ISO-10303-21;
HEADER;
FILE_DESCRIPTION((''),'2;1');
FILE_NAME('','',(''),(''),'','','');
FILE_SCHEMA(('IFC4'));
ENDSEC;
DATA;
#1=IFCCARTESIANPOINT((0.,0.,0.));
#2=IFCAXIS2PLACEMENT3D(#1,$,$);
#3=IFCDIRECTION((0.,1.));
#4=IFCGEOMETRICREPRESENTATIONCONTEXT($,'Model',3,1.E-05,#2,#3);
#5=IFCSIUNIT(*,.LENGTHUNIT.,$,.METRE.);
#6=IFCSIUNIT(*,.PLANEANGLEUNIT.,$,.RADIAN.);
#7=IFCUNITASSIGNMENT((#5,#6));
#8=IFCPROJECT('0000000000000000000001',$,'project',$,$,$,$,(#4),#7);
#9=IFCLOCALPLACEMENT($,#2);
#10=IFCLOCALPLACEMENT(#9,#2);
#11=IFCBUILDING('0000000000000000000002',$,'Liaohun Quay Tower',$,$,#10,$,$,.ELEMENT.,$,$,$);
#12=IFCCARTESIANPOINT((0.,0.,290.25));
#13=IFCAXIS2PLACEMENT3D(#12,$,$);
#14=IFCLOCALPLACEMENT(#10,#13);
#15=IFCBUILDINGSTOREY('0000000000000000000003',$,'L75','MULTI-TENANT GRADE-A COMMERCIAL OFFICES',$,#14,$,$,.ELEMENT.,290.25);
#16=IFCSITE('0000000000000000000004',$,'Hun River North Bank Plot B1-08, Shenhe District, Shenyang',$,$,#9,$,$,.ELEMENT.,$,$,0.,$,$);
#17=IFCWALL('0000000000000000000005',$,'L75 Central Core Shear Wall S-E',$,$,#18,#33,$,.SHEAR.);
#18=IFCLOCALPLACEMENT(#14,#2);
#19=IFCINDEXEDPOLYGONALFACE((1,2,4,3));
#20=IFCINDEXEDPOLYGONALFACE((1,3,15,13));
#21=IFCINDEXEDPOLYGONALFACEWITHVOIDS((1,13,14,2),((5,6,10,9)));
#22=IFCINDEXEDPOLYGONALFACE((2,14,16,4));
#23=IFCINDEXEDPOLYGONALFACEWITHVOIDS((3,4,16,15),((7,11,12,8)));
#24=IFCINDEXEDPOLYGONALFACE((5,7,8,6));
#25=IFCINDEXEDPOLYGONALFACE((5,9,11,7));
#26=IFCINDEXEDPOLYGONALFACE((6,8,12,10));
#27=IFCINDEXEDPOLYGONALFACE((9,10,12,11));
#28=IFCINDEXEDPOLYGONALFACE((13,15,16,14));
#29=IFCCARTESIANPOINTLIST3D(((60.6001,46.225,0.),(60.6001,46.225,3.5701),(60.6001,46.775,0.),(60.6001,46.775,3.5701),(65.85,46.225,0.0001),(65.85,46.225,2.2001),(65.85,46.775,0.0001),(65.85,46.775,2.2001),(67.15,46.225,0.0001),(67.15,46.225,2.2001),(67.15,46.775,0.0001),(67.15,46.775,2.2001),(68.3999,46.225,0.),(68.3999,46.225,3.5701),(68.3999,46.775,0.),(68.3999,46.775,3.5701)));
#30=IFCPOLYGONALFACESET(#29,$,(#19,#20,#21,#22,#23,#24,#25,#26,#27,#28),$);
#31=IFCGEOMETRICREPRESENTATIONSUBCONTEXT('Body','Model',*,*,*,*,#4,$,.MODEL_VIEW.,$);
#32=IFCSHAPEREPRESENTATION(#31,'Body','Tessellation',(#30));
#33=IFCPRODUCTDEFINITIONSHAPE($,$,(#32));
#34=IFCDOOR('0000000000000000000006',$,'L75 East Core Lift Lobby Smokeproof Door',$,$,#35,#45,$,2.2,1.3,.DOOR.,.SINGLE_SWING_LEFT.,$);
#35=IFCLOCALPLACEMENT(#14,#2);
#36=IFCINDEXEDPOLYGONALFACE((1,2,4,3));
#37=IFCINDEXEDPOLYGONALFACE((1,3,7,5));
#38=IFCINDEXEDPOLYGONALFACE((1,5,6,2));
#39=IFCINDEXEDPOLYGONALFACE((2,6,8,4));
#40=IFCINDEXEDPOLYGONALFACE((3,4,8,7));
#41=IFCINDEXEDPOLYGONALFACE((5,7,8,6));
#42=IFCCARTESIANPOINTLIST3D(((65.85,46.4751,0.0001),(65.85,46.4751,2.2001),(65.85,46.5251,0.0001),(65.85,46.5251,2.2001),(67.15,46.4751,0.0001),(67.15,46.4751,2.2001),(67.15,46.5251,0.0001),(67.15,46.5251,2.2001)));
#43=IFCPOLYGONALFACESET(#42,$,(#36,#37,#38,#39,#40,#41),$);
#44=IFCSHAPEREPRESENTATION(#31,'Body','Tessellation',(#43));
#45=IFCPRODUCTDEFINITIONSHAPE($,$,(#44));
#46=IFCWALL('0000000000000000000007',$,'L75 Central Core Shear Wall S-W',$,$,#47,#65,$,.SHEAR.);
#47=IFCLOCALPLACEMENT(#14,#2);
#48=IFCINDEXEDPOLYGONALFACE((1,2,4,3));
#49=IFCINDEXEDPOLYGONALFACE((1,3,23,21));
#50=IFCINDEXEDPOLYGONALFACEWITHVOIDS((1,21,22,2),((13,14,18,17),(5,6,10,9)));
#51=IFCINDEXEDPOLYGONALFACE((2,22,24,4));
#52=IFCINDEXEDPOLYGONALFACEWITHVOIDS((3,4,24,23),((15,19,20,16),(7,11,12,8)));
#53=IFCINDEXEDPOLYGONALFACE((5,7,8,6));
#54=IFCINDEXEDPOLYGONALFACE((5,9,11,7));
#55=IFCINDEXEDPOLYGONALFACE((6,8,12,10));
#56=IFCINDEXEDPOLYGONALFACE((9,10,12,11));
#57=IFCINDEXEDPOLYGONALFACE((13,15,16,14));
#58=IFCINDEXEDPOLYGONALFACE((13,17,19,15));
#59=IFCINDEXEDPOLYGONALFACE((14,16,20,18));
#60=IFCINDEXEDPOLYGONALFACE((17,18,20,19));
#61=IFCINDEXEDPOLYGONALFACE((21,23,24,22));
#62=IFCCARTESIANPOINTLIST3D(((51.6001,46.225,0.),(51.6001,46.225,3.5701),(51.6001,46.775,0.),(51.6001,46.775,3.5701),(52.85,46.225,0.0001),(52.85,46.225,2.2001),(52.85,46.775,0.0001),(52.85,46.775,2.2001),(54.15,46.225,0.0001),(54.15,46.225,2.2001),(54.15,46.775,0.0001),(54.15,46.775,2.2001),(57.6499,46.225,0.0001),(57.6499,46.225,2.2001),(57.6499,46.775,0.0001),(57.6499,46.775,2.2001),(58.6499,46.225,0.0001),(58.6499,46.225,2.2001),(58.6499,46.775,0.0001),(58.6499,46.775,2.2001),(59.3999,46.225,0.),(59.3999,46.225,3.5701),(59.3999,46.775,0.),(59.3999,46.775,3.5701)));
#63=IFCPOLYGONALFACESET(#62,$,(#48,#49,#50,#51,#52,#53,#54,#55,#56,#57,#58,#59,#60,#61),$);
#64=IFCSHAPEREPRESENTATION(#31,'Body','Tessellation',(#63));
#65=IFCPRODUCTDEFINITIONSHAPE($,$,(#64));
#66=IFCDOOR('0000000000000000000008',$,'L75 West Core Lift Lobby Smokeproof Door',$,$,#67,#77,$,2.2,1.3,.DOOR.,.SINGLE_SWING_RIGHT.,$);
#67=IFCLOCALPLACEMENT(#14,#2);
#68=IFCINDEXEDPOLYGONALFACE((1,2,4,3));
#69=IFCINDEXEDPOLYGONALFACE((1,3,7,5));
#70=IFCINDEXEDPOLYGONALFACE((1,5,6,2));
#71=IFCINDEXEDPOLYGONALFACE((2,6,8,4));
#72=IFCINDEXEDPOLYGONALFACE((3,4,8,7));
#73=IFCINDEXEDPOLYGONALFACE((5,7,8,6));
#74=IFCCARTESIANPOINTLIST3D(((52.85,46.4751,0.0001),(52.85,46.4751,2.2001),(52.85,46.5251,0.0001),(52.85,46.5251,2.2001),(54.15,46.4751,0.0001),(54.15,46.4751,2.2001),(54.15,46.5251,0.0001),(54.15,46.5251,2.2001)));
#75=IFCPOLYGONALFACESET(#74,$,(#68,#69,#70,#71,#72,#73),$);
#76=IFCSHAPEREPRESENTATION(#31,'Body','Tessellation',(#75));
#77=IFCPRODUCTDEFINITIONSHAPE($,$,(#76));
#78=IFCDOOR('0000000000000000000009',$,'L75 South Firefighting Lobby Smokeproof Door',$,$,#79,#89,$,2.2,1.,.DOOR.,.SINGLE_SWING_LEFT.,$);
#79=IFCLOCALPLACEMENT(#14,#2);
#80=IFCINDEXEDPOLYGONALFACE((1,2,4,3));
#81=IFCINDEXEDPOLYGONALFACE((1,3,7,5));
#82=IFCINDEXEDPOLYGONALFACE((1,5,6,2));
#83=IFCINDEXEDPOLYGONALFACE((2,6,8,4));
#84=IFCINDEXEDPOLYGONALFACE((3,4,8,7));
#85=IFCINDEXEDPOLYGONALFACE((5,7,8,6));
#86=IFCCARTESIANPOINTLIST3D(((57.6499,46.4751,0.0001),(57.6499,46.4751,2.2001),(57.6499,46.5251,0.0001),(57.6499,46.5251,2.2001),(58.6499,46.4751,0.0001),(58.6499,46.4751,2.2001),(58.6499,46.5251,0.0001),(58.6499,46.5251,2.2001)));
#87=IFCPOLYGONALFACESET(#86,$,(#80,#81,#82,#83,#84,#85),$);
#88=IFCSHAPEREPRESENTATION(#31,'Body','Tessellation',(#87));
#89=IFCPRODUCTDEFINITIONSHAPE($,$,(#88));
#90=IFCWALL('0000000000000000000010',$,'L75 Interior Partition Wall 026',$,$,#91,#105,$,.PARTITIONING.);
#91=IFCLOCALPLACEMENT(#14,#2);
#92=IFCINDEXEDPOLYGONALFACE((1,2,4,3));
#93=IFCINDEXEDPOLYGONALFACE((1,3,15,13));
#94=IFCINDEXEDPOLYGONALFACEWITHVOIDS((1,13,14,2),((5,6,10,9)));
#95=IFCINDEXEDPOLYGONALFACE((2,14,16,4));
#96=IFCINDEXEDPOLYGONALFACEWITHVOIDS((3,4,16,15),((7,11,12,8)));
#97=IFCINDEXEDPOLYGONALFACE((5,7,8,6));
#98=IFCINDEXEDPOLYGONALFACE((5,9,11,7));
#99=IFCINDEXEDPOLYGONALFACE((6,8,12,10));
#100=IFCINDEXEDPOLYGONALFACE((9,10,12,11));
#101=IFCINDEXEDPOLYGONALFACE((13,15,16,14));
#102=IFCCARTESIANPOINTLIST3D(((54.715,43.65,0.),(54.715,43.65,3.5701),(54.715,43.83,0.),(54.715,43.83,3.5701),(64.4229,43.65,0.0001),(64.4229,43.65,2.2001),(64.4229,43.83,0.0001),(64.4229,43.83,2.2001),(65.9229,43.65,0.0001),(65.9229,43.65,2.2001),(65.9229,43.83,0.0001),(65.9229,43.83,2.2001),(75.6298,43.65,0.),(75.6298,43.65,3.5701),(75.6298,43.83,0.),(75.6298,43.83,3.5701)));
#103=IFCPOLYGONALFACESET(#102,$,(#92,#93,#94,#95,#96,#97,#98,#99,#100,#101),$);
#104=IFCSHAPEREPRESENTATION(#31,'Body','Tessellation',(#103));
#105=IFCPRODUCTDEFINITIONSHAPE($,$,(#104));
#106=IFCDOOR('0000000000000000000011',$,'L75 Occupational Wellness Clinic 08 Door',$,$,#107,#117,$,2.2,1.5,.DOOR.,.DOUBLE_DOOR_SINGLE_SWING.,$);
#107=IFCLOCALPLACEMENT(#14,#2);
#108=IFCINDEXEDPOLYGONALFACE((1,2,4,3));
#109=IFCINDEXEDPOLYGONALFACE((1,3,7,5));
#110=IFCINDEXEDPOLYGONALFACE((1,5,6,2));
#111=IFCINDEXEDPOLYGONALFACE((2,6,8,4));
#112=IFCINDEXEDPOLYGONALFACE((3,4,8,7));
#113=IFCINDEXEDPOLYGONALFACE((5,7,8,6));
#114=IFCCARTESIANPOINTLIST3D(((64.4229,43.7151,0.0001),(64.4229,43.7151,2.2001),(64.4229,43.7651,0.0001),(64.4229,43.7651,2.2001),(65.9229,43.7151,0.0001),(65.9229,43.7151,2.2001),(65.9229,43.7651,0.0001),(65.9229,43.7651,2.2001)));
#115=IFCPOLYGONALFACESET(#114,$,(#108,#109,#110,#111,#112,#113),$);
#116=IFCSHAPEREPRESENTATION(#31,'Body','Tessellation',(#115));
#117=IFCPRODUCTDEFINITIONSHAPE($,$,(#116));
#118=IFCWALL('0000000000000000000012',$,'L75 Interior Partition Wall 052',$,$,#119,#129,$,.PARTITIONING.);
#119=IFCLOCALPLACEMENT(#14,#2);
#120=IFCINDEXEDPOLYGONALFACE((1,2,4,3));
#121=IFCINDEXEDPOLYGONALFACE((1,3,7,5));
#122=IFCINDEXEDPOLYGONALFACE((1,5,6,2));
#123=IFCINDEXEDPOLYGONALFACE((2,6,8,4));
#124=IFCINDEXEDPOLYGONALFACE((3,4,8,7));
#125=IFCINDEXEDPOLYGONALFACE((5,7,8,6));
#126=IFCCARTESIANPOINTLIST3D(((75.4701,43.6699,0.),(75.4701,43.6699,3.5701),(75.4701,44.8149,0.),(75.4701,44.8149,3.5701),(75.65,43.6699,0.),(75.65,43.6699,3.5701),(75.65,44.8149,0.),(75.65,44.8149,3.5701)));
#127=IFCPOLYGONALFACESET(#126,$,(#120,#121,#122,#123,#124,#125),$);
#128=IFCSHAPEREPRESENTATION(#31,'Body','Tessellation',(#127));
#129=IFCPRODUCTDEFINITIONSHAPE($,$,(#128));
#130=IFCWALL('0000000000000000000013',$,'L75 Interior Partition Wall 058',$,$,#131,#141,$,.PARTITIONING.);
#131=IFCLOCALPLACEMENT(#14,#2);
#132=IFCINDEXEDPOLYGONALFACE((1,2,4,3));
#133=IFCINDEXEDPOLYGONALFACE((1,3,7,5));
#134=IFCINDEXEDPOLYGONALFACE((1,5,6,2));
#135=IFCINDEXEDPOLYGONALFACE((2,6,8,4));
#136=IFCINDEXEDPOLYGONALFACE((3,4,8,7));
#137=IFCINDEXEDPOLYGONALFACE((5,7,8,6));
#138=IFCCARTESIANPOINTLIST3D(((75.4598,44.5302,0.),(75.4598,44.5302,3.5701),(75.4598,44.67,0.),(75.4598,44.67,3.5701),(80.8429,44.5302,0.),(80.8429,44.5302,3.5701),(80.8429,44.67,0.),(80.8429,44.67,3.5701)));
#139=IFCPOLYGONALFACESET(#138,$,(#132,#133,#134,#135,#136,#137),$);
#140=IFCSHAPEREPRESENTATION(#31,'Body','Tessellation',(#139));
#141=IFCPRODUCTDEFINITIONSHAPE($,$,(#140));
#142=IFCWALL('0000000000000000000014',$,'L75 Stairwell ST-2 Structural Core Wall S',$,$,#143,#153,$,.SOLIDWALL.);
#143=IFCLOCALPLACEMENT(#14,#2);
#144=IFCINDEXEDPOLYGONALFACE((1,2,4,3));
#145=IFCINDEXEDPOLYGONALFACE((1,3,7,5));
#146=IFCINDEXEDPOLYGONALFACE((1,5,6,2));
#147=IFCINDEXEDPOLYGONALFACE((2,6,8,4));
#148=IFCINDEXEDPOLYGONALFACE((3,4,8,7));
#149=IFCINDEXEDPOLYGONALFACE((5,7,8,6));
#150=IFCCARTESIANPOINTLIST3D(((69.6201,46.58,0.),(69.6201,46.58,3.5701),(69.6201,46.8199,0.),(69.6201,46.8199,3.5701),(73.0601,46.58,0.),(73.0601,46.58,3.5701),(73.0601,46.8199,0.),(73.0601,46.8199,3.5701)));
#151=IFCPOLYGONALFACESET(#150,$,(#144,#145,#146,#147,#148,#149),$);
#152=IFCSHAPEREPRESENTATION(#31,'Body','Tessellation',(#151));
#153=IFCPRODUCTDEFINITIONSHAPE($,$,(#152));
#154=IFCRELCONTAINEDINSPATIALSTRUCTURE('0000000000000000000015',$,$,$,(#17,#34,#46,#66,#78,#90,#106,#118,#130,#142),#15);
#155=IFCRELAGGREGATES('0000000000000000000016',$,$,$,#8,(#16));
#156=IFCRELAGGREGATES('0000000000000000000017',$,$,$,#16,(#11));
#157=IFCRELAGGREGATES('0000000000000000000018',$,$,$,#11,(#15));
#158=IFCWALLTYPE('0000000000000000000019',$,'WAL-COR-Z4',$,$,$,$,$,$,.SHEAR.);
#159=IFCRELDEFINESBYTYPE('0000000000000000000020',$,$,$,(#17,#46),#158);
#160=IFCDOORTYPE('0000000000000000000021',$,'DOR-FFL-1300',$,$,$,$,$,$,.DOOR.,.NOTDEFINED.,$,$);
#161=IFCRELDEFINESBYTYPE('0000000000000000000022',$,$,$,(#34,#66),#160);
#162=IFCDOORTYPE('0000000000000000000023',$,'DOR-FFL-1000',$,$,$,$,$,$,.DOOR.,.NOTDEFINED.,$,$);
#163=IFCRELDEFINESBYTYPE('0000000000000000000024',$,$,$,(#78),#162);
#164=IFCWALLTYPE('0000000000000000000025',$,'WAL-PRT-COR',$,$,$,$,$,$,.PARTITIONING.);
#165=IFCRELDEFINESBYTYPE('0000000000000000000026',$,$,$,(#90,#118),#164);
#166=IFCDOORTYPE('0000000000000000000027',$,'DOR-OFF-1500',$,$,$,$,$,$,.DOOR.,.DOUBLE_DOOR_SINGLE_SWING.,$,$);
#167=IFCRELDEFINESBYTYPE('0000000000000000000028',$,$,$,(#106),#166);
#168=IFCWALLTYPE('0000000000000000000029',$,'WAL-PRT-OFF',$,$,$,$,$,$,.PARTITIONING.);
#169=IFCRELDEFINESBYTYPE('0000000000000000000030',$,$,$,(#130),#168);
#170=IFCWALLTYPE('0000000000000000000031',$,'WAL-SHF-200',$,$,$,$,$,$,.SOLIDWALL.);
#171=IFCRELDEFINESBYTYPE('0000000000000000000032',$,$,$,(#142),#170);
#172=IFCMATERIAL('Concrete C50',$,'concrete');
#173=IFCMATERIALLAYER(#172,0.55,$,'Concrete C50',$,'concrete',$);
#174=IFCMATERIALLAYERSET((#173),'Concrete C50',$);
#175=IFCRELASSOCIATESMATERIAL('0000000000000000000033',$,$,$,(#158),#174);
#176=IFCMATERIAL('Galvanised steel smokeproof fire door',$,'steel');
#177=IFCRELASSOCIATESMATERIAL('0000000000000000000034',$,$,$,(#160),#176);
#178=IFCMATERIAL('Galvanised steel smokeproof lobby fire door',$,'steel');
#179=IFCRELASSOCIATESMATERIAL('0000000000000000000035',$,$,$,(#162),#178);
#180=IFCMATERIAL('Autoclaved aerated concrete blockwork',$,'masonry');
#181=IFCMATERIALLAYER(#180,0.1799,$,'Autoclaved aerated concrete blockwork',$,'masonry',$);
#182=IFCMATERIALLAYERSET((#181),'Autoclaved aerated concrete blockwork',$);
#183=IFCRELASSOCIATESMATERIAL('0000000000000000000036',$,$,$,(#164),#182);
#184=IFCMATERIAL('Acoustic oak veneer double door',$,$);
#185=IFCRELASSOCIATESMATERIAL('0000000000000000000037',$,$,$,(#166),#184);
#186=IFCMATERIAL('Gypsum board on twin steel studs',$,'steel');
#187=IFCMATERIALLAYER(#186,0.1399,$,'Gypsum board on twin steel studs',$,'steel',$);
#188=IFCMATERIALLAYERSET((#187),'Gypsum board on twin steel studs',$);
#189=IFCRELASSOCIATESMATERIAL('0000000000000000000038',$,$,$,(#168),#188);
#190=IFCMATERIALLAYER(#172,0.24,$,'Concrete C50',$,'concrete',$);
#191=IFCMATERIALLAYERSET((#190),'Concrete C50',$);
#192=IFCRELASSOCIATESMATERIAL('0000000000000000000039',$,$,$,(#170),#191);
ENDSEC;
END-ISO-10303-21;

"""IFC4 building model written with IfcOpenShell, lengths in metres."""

from ifc_helpers import new_model, si_unit, direction, frame, frame_2d, origin, place, context, subcontext, project, spatial, rectangle, extrude, source, transform, mapped, material, layer, layer_set, type_object, element, fill, save


model = new_model("IFC4")

# Units and contexts
model_context = context("Model", 3, precision=1e-05, world=origin(), true_north=direction((0.0, 1.0)))
body_context = subcontext(model_context, "Body", "Model", "MODEL_VIEW")
ifc_project = project(units=[si_unit("LENGTHUNIT", "METRE"), si_unit("PLANEANGLEUNIT", "RADIAN")], contexts=[model_context])

# Site, building, storey
site_placement = place(None, origin())
site = spatial("IfcSite", under=ifc_project, at=site_placement, Name="Hun River North Bank Plot B1-08, Shenhe District, Shenyang", CompositionType="ELEMENT", RefElevation=0.0)
building_placement = place(site_placement, origin())
building = spatial("IfcBuilding", under=site, at=building_placement, Name="Liaohun Quay Tower", CompositionType="ELEMENT")
storey_placement = place(building_placement, frame((0.0, 0.0, 290.25)))
storey = spatial("IfcBuildingStorey", under=building, at=storey_placement, Name="L75", Description="MULTI-TENANT GRADE-A COMMERCIAL OFFICES", CompositionType="ELEMENT", Elevation=290.25)

# Shared definitions
ifc_material_1 = material(Name="Concrete C50", Category="concrete")

# Wall, opening, door
ifc_layer_1 = layer(ifc_material_1, 0.55, Name="Concrete C50", Category="concrete")
ifc_layer_set_1 = layer_set([ifc_layer_1], Name="Concrete C50")
wall_type_1 = type_object("IfcWallType", Name="WAL-COR-Z4", PredefinedType="SHEAR", material=ifc_layer_set_1)
wall_1_placement = place(storey_placement, frame((68.3999, 46.5, 0.0), z_axis=(0.0, 0.0, 1.0), x_axis=(-1.0, 0.0, 0.0)))
wall_1 = element("IfcWall", 1, at=wall_1_placement, inside=storey, type_object=wall_type_1, Name="L75 Central Core Shear Wall S-E", PredefinedType="SHEAR", context=body_context, shape_type="SweptSolid", body=[
    extrude(rectangle(XDim=7.7998, YDim=0.55, at=frame_2d((3.8999, 0.0))), origin(), (0.0, 0.0, 1.0), 3.5701),
])
shared_shape_1 = source(origin(), body_context, "Body", "SweptSolid", [
    extrude(rectangle(XDim=1.3, YDim=2.2, at=frame_2d((0.6499, 1.1001))), frame((0.0, 0.2849, 0.0), z_axis=(0.0, -1.0, 0.0), x_axis=(1.0, 0.0, 0.0)), (0.0, 0.0, 1.0), 0.5701),
])
opening_1_placement = place(wall_1_placement, frame((1.25, 0.0, 0.0)))
opening_1 = element("IfcOpeningElement", 2, at=opening_1_placement, cuts=wall_1, PredefinedType="OPENING", context=body_context, shape_type="MappedRepresentation", body=[
    mapped(shared_shape_1, transform((0.0, 0.0, 0.0), x_axis=(1.0, 0.0, 0.0), y_axis=(0.0, 1.0, 0.0), z_axis=(0.0, 0.0, 1.0), scale=1.0)),
])
ifc_material_2 = material(Name="Galvanised steel smokeproof fire door", Category="steel")
door_type_1 = type_object("IfcDoorType", Name="DOR-FFL-1300", OperationType="NOTDEFINED", PredefinedType="DOOR", material=ifc_material_2)
shared_shape_2 = source(origin(), body_context, "Body", "SweptSolid", [
    extrude(rectangle(XDim=1.3, YDim=2.2, at=frame_2d((0.6499, 1.1001))), frame((0.0, 0.0249, 0.0), z_axis=(0.0, -1.0, 0.0), x_axis=(1.0, 0.0, 0.0)), (0.0, 0.0, 1.0), 0.05),
])
door_1_placement = place(opening_1_placement, origin())
door_1 = element("IfcDoor", 3, at=door_1_placement, inside=storey, type_object=door_type_1, Name="L75 East Core Lift Lobby Smokeproof Door", OperationType="SINGLE_SWING_LEFT", OverallHeight=2.2, OverallWidth=1.3, PredefinedType="DOOR", context=body_context, shape_type="MappedRepresentation", body=[
    mapped(shared_shape_2, transform((0.0, 0.0, 0.0), x_axis=(1.0, 0.0, 0.0), y_axis=(0.0, 1.0, 0.0), z_axis=(0.0, 0.0, 1.0), scale=1.0)),
])
fill(opening_1, door_1)

# Wall, openings, doors
wall_2_placement = place(storey_placement, frame((59.3999, 46.5, 0.0), z_axis=(0.0, 0.0, 1.0), x_axis=(-1.0, 0.0, 0.0)))
wall_2 = element("IfcWall", 4, at=wall_2_placement, inside=storey, type_object=wall_type_1, Name="L75 Central Core Shear Wall S-W", PredefinedType="SHEAR", context=body_context, shape_type="SweptSolid", body=[
    extrude(rectangle(XDim=7.7998, YDim=0.55, at=frame_2d((3.8999, 0.0))), origin(), (0.0, 0.0, 1.0), 3.5701),
])
opening_2_placement = place(wall_2_placement, frame((5.25, 0.0, 0.0)))
opening_2 = element("IfcOpeningElement", 5, at=opening_2_placement, cuts=wall_2, PredefinedType="OPENING", context=body_context, shape_type="MappedRepresentation", body=[
    mapped(shared_shape_1, transform((0.0, 0.0, 0.0), x_axis=(1.0, 0.0, 0.0), y_axis=(0.0, 1.0, 0.0), z_axis=(0.0, 0.0, 1.0), scale=1.0)),
])
shared_shape_3 = source(origin(), body_context, "Body", "SweptSolid", [
    extrude(rectangle(XDim=1.0, YDim=2.2, at=frame_2d((0.5, 1.1001))), frame((0.0, 0.2849, 0.0), z_axis=(0.0, -1.0, 0.0), x_axis=(1.0, 0.0, 0.0)), (0.0, 0.0, 1.0), 0.5701),
])
opening_3_placement = place(wall_2_placement, frame((0.75, 0.0, 0.0)))
opening_3 = element("IfcOpeningElement", 6, at=opening_3_placement, cuts=wall_2, PredefinedType="OPENING", context=body_context, shape_type="MappedRepresentation", body=[
    mapped(shared_shape_3, transform((0.0, 0.0, 0.0), x_axis=(1.0, 0.0, 0.0), y_axis=(0.0, 1.0, 0.0), z_axis=(0.0, 0.0, 1.0), scale=1.0)),
])
door_2_placement = place(opening_2_placement, origin())
door_2 = element("IfcDoor", 7, at=door_2_placement, inside=storey, type_object=door_type_1, Name="L75 West Core Lift Lobby Smokeproof Door", OperationType="SINGLE_SWING_RIGHT", OverallHeight=2.2, OverallWidth=1.3, PredefinedType="DOOR", context=body_context, shape_type="MappedRepresentation", body=[
    mapped(shared_shape_2, transform((0.0, 0.0, 0.0), x_axis=(1.0, 0.0, 0.0), y_axis=(0.0, 1.0, 0.0), z_axis=(0.0, 0.0, 1.0), scale=1.0)),
])
fill(opening_2, door_2)
ifc_material_3 = material(Name="Galvanised steel smokeproof lobby fire door", Category="steel")
door_type_2 = type_object("IfcDoorType", Name="DOR-FFL-1000", OperationType="NOTDEFINED", PredefinedType="DOOR", material=ifc_material_3)
shared_shape_4 = source(origin(), body_context, "Body", "SweptSolid", [
    extrude(rectangle(XDim=1.0, YDim=2.2, at=frame_2d((0.5, 1.1001))), frame((0.0, 0.0249, 0.0), z_axis=(0.0, -1.0, 0.0), x_axis=(1.0, 0.0, 0.0)), (0.0, 0.0, 1.0), 0.05),
])
door_3_placement = place(opening_3_placement, origin())
door_3 = element("IfcDoor", 8, at=door_3_placement, inside=storey, type_object=door_type_2, Name="L75 South Firefighting Lobby Smokeproof Door", OperationType="SINGLE_SWING_LEFT", OverallHeight=2.2, OverallWidth=1.0, PredefinedType="DOOR", context=body_context, shape_type="MappedRepresentation", body=[
    mapped(shared_shape_4, transform((0.0, 0.0, 0.0), x_axis=(1.0, 0.0, 0.0), y_axis=(0.0, 1.0, 0.0), z_axis=(0.0, 0.0, 1.0), scale=1.0)),
])
fill(opening_3, door_3)

# Wall, opening, door
ifc_material_4 = material(Name="Autoclaved aerated concrete blockwork", Category="masonry")
ifc_layer_2 = layer(ifc_material_4, 0.1799, Name="Autoclaved aerated concrete blockwork", Category="masonry")
ifc_layer_set_2 = layer_set([ifc_layer_2], Name="Autoclaved aerated concrete blockwork")
wall_type_2 = type_object("IfcWallType", Name="WAL-PRT-COR", PredefinedType="PARTITIONING", material=ifc_layer_set_2)
wall_3_placement = place(storey_placement, frame((75.6299, 43.74, 0.0), z_axis=(0.0, 0.0, 1.0), x_axis=(-1.0, 0.0, 0.0)))
wall_3 = element("IfcWall", 9, at=wall_3_placement, inside=storey, type_object=wall_type_2, Name="L75 Interior Partition Wall 026", PredefinedType="PARTITIONING", context=body_context, shape_type="SweptSolid", body=[
    extrude(rectangle(XDim=20.9148, YDim=0.1799, at=frame_2d((10.4575, 0.0))), origin(), (0.0, 0.0, 1.0), 3.5701),
])
shared_shape_5 = source(origin(), body_context, "Body", "SweptSolid", [
    extrude(rectangle(XDim=1.5, YDim=2.2, at=frame_2d((0.75, 1.1001))), frame((0.0, 0.0999, 0.0), z_axis=(0.0, -1.0, 0.0), x_axis=(1.0, 0.0, 0.0)), (0.0, 0.0, 1.0), 0.2),
])
opening_4_placement = place(wall_3_placement, frame((9.707, 0.0, 0.0)))
opening_4 = element("IfcOpeningElement", 10, at=opening_4_placement, cuts=wall_3, PredefinedType="OPENING", context=body_context, shape_type="MappedRepresentation", body=[
    mapped(shared_shape_5, transform((0.0, 0.0, 0.0), x_axis=(1.0, 0.0, 0.0), y_axis=(0.0, 1.0, 0.0), z_axis=(0.0, 0.0, 1.0), scale=1.0)),
])
ifc_material_5 = material(Name="Acoustic oak veneer double door")
door_type_3 = type_object("IfcDoorType", Name="DOR-OFF-1500", OperationType="DOUBLE_DOOR_SINGLE_SWING", PredefinedType="DOOR", material=ifc_material_5)
shared_shape_6 = source(origin(), body_context, "Body", "SweptSolid", [
    extrude(rectangle(XDim=1.5, YDim=2.2, at=frame_2d((0.75, 1.1001))), frame((0.0, 0.0249, 0.0), z_axis=(0.0, -1.0, 0.0), x_axis=(1.0, 0.0, 0.0)), (0.0, 0.0, 1.0), 0.05),
])
door_4_placement = place(opening_4_placement, origin())
door_4 = element("IfcDoor", 11, at=door_4_placement, inside=storey, type_object=door_type_3, Name="L75 Occupational Wellness Clinic 08 Door", OperationType="DOUBLE_DOOR_SINGLE_SWING", OverallHeight=2.2, OverallWidth=1.5, PredefinedType="DOOR", context=body_context, shape_type="MappedRepresentation", body=[
    mapped(shared_shape_6, transform((0.0, 0.0, 0.0), x_axis=(1.0, 0.0, 0.0), y_axis=(0.0, 1.0, 0.0), z_axis=(0.0, 0.0, 1.0), scale=1.0)),
])
fill(opening_4, door_4)

# Walls
wall_4_placement = place(storey_placement, frame((75.5601, 44.8149, 0.0), z_axis=(0.0, 0.0, 1.0), x_axis=(0.0, -1.0, 0.0)))
element("IfcWall", 12, at=wall_4_placement, inside=storey, type_object=wall_type_2, Name="L75 Interior Partition Wall 052", PredefinedType="PARTITIONING", context=body_context, shape_type="SweptSolid", body=[
    extrude(rectangle(XDim=1.145, YDim=0.1799, at=frame_2d((0.5725, 0.0))), origin(), (0.0, 0.0, 1.0), 3.5701),
])
ifc_material_6 = material(Name="Gypsum board on twin steel studs", Category="steel")
ifc_layer_3 = layer(ifc_material_6, 0.1399, Name="Gypsum board on twin steel studs", Category="steel")
ifc_layer_set_3 = layer_set([ifc_layer_3], Name="Gypsum board on twin steel studs")
wall_type_3 = type_object("IfcWallType", Name="WAL-PRT-OFF", PredefinedType="PARTITIONING", material=ifc_layer_set_3)
wall_5_placement = place(storey_placement, frame((75.46, 44.6001, 0.0), z_axis=(0.0, 0.0, 1.0), x_axis=(1.0, 0.0, 0.0)))
element("IfcWall", 13, at=wall_5_placement, inside=storey, type_object=wall_type_3, Name="L75 Interior Partition Wall 058", PredefinedType="PARTITIONING", context=body_context, shape_type="SweptSolid", body=[
    extrude(rectangle(XDim=5.3831, YDim=0.1399, at=frame_2d((2.6914, 0.0))), origin(), (0.0, 0.0, 1.0), 3.5701),
])
ifc_layer_4 = layer(ifc_material_1, 0.24, Name="Concrete C50", Category="concrete")
ifc_layer_set_4 = layer_set([ifc_layer_4], Name="Concrete C50")
wall_type_4 = type_object("IfcWallType", Name="WAL-SHF-200", PredefinedType="SOLIDWALL", material=ifc_layer_set_4)
wall_6_placement = place(storey_placement, frame((69.6201, 46.7, 0.0), z_axis=(0.0, 0.0, 1.0), x_axis=(1.0, 0.0, 0.0)))
element("IfcWall", 14, at=wall_6_placement, inside=storey, type_object=wall_type_4, Name="L75 Stairwell ST-2 Structural Core Wall S", PredefinedType="SOLIDWALL", context=body_context, shape_type="SweptSolid", body=[
    extrude(rectangle(XDim=3.4399, YDim=0.24, at=frame_2d((1.72, 0.0))), origin(), (0.0, 0.0, 1.0), 3.5701),
])

save(model, "model.ifc")
